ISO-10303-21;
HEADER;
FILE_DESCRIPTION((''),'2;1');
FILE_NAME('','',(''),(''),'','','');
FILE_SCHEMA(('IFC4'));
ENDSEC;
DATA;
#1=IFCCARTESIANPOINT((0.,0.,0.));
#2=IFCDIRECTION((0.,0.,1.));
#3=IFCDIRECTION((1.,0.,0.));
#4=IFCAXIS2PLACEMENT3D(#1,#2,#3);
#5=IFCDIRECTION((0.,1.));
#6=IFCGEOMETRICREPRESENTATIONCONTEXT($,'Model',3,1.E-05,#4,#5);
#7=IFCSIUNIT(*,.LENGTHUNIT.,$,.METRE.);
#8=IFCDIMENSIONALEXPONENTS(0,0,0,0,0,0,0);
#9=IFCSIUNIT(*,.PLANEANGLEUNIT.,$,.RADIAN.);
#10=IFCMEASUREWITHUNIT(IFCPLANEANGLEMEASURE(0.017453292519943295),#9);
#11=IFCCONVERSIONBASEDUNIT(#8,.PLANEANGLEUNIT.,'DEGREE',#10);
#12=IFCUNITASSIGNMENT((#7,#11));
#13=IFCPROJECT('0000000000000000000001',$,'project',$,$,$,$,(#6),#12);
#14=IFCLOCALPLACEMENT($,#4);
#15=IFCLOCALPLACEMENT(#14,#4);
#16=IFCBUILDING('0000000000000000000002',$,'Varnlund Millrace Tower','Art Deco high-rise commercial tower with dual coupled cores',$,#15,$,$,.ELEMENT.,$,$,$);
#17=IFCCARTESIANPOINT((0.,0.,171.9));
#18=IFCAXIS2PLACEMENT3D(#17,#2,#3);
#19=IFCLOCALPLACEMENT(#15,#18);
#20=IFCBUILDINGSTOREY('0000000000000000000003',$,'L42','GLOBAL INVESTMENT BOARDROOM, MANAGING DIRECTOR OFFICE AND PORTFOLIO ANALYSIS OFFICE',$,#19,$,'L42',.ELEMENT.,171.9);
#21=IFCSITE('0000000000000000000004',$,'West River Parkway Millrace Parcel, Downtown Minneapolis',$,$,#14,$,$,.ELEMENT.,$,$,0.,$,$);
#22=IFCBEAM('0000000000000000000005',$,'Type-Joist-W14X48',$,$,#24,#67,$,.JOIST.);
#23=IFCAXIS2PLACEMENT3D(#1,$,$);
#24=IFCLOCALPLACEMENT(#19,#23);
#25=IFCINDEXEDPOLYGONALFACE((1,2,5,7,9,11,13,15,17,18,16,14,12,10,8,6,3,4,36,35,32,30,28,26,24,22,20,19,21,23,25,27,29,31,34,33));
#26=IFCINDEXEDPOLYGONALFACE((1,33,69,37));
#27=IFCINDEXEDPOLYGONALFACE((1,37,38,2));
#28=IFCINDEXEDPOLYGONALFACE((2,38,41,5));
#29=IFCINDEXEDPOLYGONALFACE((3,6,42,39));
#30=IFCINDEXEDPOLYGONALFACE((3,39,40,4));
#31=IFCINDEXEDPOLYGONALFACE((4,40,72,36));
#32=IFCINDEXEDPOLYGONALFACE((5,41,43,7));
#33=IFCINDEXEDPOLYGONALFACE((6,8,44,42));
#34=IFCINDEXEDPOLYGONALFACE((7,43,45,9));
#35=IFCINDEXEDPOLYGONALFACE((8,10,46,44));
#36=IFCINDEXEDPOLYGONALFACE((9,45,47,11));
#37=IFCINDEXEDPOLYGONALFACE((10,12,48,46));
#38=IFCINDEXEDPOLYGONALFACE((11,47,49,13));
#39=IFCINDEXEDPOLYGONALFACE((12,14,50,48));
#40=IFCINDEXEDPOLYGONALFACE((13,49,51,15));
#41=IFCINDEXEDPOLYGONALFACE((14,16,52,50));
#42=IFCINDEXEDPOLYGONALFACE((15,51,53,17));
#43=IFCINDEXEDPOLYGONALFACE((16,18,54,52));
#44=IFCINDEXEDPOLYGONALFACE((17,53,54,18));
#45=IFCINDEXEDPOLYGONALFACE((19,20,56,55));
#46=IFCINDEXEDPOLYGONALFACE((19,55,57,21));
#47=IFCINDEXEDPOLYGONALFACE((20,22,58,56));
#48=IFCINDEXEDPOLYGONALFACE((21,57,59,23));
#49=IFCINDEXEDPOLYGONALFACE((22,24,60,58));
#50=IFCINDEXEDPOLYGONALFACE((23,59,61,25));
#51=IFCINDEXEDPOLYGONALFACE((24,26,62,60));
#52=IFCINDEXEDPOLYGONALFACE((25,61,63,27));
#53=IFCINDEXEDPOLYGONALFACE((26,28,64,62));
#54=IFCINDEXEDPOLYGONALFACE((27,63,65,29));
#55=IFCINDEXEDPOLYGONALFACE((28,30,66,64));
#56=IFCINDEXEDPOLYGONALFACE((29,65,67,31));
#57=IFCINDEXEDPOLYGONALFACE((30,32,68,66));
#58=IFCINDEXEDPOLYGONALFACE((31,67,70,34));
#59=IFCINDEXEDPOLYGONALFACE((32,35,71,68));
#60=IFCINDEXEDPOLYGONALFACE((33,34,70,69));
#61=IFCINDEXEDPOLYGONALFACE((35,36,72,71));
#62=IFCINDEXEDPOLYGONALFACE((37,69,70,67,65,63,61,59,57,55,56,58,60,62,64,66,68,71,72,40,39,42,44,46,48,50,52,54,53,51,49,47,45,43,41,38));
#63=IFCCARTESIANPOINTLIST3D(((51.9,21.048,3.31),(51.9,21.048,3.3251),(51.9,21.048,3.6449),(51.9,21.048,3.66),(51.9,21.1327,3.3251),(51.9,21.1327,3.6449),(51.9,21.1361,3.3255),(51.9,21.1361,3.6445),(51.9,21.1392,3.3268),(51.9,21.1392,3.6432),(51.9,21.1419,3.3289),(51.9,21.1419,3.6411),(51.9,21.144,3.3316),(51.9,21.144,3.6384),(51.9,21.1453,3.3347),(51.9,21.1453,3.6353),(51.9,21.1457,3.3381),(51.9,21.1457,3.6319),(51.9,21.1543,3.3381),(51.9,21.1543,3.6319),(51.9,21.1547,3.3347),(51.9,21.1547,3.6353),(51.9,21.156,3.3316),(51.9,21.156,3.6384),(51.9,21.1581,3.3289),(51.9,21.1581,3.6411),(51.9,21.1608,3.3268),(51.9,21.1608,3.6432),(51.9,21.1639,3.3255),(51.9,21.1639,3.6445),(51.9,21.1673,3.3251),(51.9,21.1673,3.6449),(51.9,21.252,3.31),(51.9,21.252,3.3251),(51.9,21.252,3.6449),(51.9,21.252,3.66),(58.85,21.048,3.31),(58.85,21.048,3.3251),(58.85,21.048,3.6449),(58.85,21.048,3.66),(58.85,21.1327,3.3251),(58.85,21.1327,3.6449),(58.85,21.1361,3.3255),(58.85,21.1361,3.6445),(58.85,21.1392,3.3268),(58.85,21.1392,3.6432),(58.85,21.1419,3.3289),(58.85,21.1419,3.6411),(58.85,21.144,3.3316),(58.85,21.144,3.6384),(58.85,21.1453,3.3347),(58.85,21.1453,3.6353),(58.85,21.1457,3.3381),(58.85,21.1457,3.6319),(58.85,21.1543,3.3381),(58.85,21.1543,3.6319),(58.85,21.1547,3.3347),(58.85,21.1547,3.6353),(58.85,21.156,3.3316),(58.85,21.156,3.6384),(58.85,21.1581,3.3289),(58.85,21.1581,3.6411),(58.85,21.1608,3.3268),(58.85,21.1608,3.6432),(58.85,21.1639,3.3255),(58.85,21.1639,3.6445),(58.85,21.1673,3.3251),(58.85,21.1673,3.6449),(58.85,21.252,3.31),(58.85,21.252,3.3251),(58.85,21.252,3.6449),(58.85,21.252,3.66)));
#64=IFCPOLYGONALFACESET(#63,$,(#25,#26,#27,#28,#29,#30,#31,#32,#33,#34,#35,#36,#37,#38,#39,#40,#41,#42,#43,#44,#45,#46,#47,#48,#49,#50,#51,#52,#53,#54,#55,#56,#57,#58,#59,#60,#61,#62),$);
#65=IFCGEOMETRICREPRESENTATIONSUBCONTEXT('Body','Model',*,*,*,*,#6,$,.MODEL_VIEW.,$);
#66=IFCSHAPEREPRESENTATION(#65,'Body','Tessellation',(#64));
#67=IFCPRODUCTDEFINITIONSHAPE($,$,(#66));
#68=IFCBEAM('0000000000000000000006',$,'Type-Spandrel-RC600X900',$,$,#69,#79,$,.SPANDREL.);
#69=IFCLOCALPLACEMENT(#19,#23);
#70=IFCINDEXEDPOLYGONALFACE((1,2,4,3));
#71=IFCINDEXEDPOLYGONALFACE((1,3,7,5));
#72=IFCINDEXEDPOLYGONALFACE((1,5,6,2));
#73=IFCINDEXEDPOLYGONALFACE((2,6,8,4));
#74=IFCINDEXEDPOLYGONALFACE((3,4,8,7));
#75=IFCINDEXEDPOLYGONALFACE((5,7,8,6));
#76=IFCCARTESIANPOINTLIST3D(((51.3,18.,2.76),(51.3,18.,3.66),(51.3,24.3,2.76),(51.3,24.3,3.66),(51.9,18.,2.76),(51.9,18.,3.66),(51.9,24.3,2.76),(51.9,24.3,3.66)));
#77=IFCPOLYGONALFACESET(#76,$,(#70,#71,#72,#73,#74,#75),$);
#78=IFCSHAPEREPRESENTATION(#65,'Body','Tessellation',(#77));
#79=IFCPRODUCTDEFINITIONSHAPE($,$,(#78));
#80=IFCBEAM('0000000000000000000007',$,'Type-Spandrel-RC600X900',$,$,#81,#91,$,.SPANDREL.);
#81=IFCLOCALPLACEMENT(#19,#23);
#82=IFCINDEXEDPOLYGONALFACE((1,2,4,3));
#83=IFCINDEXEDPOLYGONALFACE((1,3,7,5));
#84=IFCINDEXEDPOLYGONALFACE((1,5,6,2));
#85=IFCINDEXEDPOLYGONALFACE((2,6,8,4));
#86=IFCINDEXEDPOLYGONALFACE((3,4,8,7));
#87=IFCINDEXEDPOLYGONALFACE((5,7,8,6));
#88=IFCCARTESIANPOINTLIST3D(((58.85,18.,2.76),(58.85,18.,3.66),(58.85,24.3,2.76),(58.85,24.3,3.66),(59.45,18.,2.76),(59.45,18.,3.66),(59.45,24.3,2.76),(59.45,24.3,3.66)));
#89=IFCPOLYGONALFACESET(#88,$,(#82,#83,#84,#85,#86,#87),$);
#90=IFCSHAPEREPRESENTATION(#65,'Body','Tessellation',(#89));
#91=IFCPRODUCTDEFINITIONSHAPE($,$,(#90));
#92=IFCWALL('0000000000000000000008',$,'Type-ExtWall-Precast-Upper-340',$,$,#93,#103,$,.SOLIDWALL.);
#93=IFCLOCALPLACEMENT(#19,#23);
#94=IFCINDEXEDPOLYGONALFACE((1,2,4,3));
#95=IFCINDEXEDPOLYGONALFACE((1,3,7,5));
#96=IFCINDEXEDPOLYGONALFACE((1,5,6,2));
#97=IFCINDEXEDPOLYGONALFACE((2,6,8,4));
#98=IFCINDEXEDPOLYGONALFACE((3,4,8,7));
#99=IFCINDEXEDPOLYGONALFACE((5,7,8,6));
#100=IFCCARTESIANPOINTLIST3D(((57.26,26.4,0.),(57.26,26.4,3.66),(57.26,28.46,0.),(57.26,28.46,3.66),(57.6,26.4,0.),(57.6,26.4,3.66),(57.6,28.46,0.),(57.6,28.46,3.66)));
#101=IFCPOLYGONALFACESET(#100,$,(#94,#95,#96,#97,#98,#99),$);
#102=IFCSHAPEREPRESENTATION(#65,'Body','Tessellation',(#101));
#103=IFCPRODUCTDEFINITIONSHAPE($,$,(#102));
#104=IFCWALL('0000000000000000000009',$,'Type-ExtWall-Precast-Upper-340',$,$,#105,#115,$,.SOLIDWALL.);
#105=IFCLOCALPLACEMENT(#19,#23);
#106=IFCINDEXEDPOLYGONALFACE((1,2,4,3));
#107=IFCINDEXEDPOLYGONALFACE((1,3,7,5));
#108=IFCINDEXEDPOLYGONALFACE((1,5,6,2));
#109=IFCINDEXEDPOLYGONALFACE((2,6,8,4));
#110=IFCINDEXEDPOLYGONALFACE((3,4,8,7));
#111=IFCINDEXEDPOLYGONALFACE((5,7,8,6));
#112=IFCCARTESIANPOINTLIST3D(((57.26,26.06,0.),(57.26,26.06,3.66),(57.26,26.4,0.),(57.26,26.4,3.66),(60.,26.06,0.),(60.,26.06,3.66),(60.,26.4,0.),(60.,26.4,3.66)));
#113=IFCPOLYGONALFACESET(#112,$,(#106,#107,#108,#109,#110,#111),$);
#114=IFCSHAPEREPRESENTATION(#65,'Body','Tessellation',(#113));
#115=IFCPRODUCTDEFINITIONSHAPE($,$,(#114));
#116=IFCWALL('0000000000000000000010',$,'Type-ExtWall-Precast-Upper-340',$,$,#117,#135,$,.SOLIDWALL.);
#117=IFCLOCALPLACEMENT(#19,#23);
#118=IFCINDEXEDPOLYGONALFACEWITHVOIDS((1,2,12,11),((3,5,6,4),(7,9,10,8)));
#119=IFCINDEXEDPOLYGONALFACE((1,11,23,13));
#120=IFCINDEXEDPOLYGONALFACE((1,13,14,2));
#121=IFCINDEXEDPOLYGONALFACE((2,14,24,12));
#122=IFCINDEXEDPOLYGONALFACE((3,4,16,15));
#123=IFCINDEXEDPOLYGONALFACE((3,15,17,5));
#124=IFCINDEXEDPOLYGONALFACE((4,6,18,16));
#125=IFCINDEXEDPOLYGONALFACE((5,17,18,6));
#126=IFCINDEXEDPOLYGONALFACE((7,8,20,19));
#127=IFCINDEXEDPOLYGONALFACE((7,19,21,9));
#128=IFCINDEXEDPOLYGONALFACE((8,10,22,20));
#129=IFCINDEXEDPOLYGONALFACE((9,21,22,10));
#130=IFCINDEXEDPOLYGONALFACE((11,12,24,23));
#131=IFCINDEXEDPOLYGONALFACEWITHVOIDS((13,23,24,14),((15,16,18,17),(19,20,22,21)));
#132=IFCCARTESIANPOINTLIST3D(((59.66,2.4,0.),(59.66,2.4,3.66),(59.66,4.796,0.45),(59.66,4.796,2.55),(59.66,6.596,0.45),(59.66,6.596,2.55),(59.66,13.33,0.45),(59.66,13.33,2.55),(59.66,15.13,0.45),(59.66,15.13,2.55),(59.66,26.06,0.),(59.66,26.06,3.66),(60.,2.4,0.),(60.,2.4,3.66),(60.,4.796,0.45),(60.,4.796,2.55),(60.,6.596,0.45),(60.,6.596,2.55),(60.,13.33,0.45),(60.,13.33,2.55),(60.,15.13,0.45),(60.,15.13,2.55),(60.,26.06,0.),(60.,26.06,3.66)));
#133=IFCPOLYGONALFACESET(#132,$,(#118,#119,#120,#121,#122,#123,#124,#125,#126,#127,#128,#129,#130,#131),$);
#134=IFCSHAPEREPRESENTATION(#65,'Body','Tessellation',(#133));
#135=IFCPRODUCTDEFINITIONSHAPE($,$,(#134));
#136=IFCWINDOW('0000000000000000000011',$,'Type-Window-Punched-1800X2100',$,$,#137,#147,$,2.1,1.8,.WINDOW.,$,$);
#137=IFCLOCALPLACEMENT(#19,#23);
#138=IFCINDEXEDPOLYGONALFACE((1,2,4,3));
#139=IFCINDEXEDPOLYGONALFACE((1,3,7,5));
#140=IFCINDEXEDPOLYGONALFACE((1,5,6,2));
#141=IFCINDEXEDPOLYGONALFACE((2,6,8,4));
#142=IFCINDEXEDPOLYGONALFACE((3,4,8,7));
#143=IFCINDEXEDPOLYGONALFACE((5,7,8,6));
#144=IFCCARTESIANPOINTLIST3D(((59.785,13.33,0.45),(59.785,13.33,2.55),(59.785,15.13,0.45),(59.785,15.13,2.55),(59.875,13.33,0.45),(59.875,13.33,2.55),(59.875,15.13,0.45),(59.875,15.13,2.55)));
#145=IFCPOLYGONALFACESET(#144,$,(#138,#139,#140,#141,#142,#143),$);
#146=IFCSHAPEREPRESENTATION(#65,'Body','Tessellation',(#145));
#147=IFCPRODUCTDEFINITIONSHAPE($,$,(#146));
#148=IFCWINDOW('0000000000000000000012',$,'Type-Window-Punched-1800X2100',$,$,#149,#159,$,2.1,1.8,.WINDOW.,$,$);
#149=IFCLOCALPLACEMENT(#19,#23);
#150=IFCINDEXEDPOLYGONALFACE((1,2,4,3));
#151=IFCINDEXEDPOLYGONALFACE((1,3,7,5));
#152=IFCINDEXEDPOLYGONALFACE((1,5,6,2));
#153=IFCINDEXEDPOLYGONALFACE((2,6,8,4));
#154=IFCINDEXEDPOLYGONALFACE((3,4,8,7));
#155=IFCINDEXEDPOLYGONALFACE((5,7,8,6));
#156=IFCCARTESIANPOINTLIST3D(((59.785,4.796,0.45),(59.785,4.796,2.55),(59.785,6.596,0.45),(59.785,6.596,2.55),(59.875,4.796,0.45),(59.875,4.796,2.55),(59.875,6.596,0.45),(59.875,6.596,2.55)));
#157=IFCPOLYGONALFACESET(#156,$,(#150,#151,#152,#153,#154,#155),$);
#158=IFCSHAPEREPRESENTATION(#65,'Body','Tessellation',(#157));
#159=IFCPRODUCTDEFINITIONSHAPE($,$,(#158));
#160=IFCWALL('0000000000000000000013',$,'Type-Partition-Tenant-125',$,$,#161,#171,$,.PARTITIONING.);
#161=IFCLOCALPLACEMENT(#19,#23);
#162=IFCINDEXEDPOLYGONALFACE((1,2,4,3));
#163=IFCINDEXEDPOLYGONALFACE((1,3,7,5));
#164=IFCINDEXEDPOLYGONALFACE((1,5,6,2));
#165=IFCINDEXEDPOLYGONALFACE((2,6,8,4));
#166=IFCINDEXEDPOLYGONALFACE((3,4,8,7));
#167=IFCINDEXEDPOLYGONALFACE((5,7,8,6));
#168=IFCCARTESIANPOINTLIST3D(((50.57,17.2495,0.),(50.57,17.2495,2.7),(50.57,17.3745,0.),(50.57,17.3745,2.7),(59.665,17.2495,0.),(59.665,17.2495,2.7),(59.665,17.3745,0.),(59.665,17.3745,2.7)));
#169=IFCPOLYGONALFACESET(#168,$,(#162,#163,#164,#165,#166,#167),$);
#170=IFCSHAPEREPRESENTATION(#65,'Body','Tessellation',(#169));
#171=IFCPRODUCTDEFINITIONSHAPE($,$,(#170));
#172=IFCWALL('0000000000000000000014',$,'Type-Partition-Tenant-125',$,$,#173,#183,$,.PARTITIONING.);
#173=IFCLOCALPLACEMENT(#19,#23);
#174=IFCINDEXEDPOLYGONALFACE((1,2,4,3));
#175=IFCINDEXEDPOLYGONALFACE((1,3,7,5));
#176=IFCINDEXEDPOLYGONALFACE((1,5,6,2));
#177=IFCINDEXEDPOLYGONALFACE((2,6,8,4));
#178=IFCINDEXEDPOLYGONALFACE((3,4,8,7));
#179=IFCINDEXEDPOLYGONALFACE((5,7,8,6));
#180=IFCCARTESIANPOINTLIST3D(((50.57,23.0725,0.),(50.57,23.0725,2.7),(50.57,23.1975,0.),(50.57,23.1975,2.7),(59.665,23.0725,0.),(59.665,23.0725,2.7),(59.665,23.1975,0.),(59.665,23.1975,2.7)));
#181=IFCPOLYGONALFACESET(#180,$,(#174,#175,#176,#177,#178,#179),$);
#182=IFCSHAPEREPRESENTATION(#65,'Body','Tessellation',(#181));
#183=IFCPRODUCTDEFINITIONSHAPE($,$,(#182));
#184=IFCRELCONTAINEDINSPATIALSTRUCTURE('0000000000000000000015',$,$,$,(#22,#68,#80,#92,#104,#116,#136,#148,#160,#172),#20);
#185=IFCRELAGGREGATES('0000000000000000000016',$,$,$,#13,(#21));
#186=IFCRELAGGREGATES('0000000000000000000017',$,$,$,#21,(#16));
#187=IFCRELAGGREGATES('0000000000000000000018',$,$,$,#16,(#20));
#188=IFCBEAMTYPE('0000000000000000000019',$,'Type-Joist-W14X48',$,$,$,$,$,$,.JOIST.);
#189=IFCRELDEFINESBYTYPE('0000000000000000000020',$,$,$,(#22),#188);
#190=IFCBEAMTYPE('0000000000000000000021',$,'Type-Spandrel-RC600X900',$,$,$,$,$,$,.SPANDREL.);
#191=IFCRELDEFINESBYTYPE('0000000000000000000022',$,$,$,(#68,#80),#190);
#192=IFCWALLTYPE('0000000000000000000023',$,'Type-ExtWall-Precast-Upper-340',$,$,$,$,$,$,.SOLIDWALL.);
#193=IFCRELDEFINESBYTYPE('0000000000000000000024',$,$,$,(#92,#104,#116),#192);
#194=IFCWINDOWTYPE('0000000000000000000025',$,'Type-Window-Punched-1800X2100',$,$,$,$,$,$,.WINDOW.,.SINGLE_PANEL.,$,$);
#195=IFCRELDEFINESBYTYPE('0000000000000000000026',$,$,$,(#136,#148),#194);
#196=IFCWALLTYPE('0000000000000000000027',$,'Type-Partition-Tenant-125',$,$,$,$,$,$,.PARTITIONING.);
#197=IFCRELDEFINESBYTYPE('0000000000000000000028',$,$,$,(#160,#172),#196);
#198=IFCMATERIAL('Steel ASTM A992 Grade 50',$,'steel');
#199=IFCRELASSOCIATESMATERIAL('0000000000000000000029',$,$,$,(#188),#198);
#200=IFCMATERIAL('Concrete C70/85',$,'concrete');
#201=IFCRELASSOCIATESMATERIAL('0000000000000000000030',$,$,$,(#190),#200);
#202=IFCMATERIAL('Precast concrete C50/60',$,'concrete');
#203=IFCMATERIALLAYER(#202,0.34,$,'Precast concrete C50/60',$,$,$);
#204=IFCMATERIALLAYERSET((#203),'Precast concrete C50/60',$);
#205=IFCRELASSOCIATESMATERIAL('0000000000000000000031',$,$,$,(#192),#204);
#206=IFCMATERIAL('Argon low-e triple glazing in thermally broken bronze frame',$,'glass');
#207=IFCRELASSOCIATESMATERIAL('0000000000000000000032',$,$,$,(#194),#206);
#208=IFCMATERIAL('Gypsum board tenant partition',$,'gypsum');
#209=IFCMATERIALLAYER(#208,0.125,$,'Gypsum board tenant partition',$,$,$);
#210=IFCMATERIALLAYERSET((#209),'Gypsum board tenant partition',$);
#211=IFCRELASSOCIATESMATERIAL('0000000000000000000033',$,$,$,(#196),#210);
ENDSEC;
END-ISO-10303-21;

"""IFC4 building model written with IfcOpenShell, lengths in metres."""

from ifc_helpers import new_model, entity, si_unit, converted_unit, direction, frame, origin_with_axes, origin_2d_with_axis, place, context, subcontext, project, spatial, polyline, rectangle, i_section, outline, extrude, material, layer, layer_set, material_profile, profile_set, type_object, element, fill, save


model = new_model("IFC4")

# Units and contexts
model_context = context("Model", 3, precision=1e-05, world=origin_with_axes(), true_north=direction((0.0, 1.0)))
body_context = subcontext(model_context, "Body", "Model", "MODEL_VIEW")
ifc_project = project(units=[si_unit("LENGTHUNIT", "METRE"), converted_unit("PLANEANGLEUNIT", "DEGREE", entity("IfcPlaneAngleMeasure", 0.017453292519943295), si_unit("PLANEANGLEUNIT", "RADIAN"), dimensions=[0, 0, 0, 0, 0, 0, 0])], contexts=[model_context])

# Site, building, storey
site_placement = place(None, origin_with_axes())
site = spatial("IfcSite", under=ifc_project, at=site_placement, Name="West River Parkway Millrace Parcel, Downtown Minneapolis", CompositionType="ELEMENT", RefElevation=0.0)
building_placement = place(site_placement, origin_with_axes())
building = spatial("IfcBuilding", under=site, at=building_placement, Name="Varnlund Millrace Tower", Description="Art Deco high-rise commercial tower with dual coupled cores", CompositionType="ELEMENT")
storey_placement = place(building_placement, frame((0.0, 0.0, 171.9), z_axis=(0.0, 0.0, 1.0), x_axis=(1.0, 0.0, 0.0)))
storey = spatial("IfcBuildingStorey", under=building, at=storey_placement, Name="L42", Description="GLOBAL INVESTMENT BOARDROOM, MANAGING DIRECTOR OFFICE AND PORTFOLIO ANALYSIS OFFICE", LongName="L42", CompositionType="ELEMENT", Elevation=171.9)

# Beams
ifc_material_1 = material(Name="Steel ASTM A992 Grade 50", Category="steel")
ifc_material_profile_1 = material_profile(ifc_material_1, i_section(OverallWidth=0.204, OverallDepth=0.35, WebThickness=0.0086, FlangeThickness=0.0151, FilletRadius=0.013, at=origin_2d_with_axis()), Name="Steel ASTM A992 Grade 50")
ifc_profile_set_1 = profile_set([ifc_material_profile_1], Name="Steel ASTM A992 Grade 50")
beam_type_1 = type_object("IfcBeamType", Name="Type-Joist-W14X48", PredefinedType="JOIST", material=ifc_profile_set_1)
for number, where, z_axis, x_axis, name in (
    (1, (51.9, 21.15, 3.485), (1.0, 0.0, 0.0), (0.0, 1.0, 0.0), "Type-Joist-W14X48"),
):
    element("IfcBeam", number, at=place(storey_placement, frame(where, z_axis=z_axis, x_axis=x_axis)), inside=storey, type_object=beam_type_1, Name=name, PredefinedType="JOIST", context=body_context, shape_type="SweptSolid", body=[
        extrude(i_section(OverallWidth=0.204, OverallDepth=0.35, WebThickness=0.0086, FlangeThickness=0.0151, FilletRadius=0.013, at=origin_2d_with_axis()), origin_with_axes(), (0.0, 0.0, 1.0), 6.95),
    ])
ifc_material_2 = material(Name="Concrete C70/85", Category="concrete")
ifc_material_profile_2 = material_profile(ifc_material_2, rectangle(XDim=0.6, YDim=0.9, at=origin_2d_with_axis()), Name="Concrete C70/85")
ifc_profile_set_2 = profile_set([ifc_material_profile_2], Name="Concrete C70/85")
beam_type_2 = type_object("IfcBeamType", Name="Type-Spandrel-RC600X900", PredefinedType="SPANDREL", material=ifc_profile_set_2)
for number, where, z_axis, x_axis, name in (
    (2, (51.6, 18.0, 3.21), (0.0, 1.0, 0.0), (-1.0, 0.0, 0.0), "Type-Spandrel-RC600X900"),
    (3, (59.15, 18.0, 3.21), (0.0, 1.0, 0.0), (-1.0, 0.0, 0.0), "Type-Spandrel-RC600X900"),
):
    element("IfcBeam", number, at=place(storey_placement, frame(where, z_axis=z_axis, x_axis=x_axis)), inside=storey, type_object=beam_type_2, Name=name, PredefinedType="SPANDREL", context=body_context, shape_type="SweptSolid", body=[
        extrude(rectangle(XDim=0.6, YDim=0.9, at=origin_2d_with_axis()), origin_with_axes(), (0.0, 0.0, 1.0), 6.3),
    ])

# Walls
ifc_material_3 = material(Name="Precast concrete C50/60", Category="concrete")
ifc_layer_1 = layer(ifc_material_3, 0.34, Name="Precast concrete C50/60")
ifc_layer_set_1 = layer_set([ifc_layer_1], Name="Precast concrete C50/60")
wall_type_1 = type_object("IfcWallType", Name="Type-ExtWall-Precast-Upper-340", PredefinedType="SOLIDWALL", material=ifc_layer_set_1)
wall_1_placement = place(storey_placement, frame((57.43, 28.46, 0.0), z_axis=(0.0, 0.0, 1.0), x_axis=(0.0, -1.0, 0.0)))
element("IfcWall", 4, at=wall_1_placement, inside=storey, type_object=wall_type_1, Name="Type-ExtWall-Precast-Upper-340", PredefinedType="SOLIDWALL", context=body_context, shape_type="SweptSolid", body=[
    extrude(outline(polyline([(0.0, -0.17), (2.06, -0.17), (2.06, 0.17), (0.0, 0.17), (0.0, -0.17)])), origin_with_axes(), (0.0, 0.0, 1.0), 3.66),
])
wall_2_placement = place(storey_placement, frame((57.26, 26.23, 0.0), z_axis=(0.0, 0.0, 1.0), x_axis=(1.0, 0.0, 0.0)))
element("IfcWall", 5, at=wall_2_placement, inside=storey, type_object=wall_type_1, Name="Type-ExtWall-Precast-Upper-340", PredefinedType="SOLIDWALL", context=body_context, shape_type="SweptSolid", body=[
    extrude(outline(polyline([(0.0, -0.17), (2.74, -0.17), (2.74, 0.17), (0.0, 0.17), (0.0, -0.17)])), origin_with_axes(), (0.0, 0.0, 1.0), 3.66),
])

# Wall, openings, windows
wall_3_placement = place(storey_placement, frame((59.83, 26.06, 0.0), z_axis=(0.0, 0.0, 1.0), x_axis=(0.0, -1.0, 0.0)))
wall_3 = element("IfcWall", 6, at=wall_3_placement, inside=storey, type_object=wall_type_1, Name="Type-ExtWall-Precast-Upper-340", PredefinedType="SOLIDWALL", context=body_context, shape_type="SweptSolid", body=[
    extrude(outline(polyline([(0.0, -0.17), (23.66, -0.17), (23.66, 0.17), (0.0, 0.17), (0.0, -0.17)])), origin_with_axes(), (0.0, 0.0, 1.0), 3.66),
])
opening_1_placement = place(wall_3_placement, frame((11.83, 0.0, 0.45), z_axis=(0.0, 0.0, 1.0), x_axis=(1.0, 0.0, 0.0)))
opening_1 = element("IfcOpeningElement", 7, at=opening_1_placement, cuts=wall_3, PredefinedType="OPENING", context=body_context, shape_type="SweptSolid", body=[
    extrude(rectangle(XDim=1.8, YDim=0.36, at=origin_2d_with_axis()), origin_with_axes(), (0.0, 0.0, 1.0), 2.1),
])
opening_2_placement = place(wall_3_placement, frame((20.364, 0.0, 0.45), z_axis=(0.0, 0.0, 1.0), x_axis=(1.0, 0.0, 0.0)))
opening_2 = element("IfcOpeningElement", 8, at=opening_2_placement, cuts=wall_3, PredefinedType="OPENING", context=body_context, shape_type="SweptSolid", body=[
    extrude(rectangle(XDim=1.8, YDim=0.36, at=origin_2d_with_axis()), origin_with_axes(), (0.0, 0.0, 1.0), 2.1),
])
ifc_material_4 = material(Name="Argon low-e triple glazing in thermally broken bronze frame", Category="glass")
window_type = type_object("IfcWindowType", Name="Type-Window-Punched-1800X2100", PartitioningType="SINGLE_PANEL", PredefinedType="WINDOW", material=ifc_material_4)
window_1_placement = place(wall_3_placement, frame((11.83, 0.0, 0.45), z_axis=(0.0, 0.0, 1.0), x_axis=(1.0, 0.0, 0.0)))
window_1 = element("IfcWindow", 9, at=window_1_placement, inside=storey, type_object=window_type, Name="Type-Window-Punched-1800X2100", OverallHeight=2.1, OverallWidth=1.8, PredefinedType="WINDOW", context=body_context, shape_type="SweptSolid", body=[
    extrude(rectangle(XDim=1.8, YDim=0.09, at=origin_2d_with_axis()), origin_with_axes(), (0.0, 0.0, 1.0), 2.1),
])
fill(opening_1, window_1)
window_2_placement = place(wall_3_placement, frame((20.364, 0.0, 0.45), z_axis=(0.0, 0.0, 1.0), x_axis=(1.0, 0.0, 0.0)))
window_2 = element("IfcWindow", 10, at=window_2_placement, inside=storey, type_object=window_type, Name="Type-Window-Punched-1800X2100", OverallHeight=2.1, OverallWidth=1.8, PredefinedType="WINDOW", context=body_context, shape_type="SweptSolid", body=[
    extrude(rectangle(XDim=1.8, YDim=0.09, at=origin_2d_with_axis()), origin_with_axes(), (0.0, 0.0, 1.0), 2.1),
])
fill(opening_2, window_2)

# Walls
ifc_material_5 = material(Name="Gypsum board tenant partition", Category="gypsum")
ifc_layer_2 = layer(ifc_material_5, 0.125, Name="Gypsum board tenant partition")
ifc_layer_set_2 = layer_set([ifc_layer_2], Name="Gypsum board tenant partition")
wall_type_2 = type_object("IfcWallType", Name="Type-Partition-Tenant-125", PredefinedType="PARTITIONING", material=ifc_layer_set_2)
for number, where, z_axis, x_axis, name in (
    (11, (50.57, 17.312, 0.0), (0.0, 0.0, 1.0), (1.0, 0.0, 0.0), "Type-Partition-Tenant-125"),
    (12, (50.57, 23.135, 0.0), (0.0, 0.0, 1.0), (1.0, 0.0, 0.0), "Type-Partition-Tenant-125"),
):
    element("IfcWall", number, at=place(storey_placement, frame(where, z_axis=z_axis, x_axis=x_axis)), inside=storey, type_object=wall_type_2, Name=name, PredefinedType="PARTITIONING", context=body_context, shape_type="SweptSolid", body=[
        extrude(outline(polyline([(0.0, -0.0625), (9.095, -0.0625), (9.095, 0.0625), (0.0, 0.0625), (0.0, -0.0625)])), origin_with_axes(), (0.0, 0.0, 1.0), 2.7),
    ])

save(model, "model.ifc")
